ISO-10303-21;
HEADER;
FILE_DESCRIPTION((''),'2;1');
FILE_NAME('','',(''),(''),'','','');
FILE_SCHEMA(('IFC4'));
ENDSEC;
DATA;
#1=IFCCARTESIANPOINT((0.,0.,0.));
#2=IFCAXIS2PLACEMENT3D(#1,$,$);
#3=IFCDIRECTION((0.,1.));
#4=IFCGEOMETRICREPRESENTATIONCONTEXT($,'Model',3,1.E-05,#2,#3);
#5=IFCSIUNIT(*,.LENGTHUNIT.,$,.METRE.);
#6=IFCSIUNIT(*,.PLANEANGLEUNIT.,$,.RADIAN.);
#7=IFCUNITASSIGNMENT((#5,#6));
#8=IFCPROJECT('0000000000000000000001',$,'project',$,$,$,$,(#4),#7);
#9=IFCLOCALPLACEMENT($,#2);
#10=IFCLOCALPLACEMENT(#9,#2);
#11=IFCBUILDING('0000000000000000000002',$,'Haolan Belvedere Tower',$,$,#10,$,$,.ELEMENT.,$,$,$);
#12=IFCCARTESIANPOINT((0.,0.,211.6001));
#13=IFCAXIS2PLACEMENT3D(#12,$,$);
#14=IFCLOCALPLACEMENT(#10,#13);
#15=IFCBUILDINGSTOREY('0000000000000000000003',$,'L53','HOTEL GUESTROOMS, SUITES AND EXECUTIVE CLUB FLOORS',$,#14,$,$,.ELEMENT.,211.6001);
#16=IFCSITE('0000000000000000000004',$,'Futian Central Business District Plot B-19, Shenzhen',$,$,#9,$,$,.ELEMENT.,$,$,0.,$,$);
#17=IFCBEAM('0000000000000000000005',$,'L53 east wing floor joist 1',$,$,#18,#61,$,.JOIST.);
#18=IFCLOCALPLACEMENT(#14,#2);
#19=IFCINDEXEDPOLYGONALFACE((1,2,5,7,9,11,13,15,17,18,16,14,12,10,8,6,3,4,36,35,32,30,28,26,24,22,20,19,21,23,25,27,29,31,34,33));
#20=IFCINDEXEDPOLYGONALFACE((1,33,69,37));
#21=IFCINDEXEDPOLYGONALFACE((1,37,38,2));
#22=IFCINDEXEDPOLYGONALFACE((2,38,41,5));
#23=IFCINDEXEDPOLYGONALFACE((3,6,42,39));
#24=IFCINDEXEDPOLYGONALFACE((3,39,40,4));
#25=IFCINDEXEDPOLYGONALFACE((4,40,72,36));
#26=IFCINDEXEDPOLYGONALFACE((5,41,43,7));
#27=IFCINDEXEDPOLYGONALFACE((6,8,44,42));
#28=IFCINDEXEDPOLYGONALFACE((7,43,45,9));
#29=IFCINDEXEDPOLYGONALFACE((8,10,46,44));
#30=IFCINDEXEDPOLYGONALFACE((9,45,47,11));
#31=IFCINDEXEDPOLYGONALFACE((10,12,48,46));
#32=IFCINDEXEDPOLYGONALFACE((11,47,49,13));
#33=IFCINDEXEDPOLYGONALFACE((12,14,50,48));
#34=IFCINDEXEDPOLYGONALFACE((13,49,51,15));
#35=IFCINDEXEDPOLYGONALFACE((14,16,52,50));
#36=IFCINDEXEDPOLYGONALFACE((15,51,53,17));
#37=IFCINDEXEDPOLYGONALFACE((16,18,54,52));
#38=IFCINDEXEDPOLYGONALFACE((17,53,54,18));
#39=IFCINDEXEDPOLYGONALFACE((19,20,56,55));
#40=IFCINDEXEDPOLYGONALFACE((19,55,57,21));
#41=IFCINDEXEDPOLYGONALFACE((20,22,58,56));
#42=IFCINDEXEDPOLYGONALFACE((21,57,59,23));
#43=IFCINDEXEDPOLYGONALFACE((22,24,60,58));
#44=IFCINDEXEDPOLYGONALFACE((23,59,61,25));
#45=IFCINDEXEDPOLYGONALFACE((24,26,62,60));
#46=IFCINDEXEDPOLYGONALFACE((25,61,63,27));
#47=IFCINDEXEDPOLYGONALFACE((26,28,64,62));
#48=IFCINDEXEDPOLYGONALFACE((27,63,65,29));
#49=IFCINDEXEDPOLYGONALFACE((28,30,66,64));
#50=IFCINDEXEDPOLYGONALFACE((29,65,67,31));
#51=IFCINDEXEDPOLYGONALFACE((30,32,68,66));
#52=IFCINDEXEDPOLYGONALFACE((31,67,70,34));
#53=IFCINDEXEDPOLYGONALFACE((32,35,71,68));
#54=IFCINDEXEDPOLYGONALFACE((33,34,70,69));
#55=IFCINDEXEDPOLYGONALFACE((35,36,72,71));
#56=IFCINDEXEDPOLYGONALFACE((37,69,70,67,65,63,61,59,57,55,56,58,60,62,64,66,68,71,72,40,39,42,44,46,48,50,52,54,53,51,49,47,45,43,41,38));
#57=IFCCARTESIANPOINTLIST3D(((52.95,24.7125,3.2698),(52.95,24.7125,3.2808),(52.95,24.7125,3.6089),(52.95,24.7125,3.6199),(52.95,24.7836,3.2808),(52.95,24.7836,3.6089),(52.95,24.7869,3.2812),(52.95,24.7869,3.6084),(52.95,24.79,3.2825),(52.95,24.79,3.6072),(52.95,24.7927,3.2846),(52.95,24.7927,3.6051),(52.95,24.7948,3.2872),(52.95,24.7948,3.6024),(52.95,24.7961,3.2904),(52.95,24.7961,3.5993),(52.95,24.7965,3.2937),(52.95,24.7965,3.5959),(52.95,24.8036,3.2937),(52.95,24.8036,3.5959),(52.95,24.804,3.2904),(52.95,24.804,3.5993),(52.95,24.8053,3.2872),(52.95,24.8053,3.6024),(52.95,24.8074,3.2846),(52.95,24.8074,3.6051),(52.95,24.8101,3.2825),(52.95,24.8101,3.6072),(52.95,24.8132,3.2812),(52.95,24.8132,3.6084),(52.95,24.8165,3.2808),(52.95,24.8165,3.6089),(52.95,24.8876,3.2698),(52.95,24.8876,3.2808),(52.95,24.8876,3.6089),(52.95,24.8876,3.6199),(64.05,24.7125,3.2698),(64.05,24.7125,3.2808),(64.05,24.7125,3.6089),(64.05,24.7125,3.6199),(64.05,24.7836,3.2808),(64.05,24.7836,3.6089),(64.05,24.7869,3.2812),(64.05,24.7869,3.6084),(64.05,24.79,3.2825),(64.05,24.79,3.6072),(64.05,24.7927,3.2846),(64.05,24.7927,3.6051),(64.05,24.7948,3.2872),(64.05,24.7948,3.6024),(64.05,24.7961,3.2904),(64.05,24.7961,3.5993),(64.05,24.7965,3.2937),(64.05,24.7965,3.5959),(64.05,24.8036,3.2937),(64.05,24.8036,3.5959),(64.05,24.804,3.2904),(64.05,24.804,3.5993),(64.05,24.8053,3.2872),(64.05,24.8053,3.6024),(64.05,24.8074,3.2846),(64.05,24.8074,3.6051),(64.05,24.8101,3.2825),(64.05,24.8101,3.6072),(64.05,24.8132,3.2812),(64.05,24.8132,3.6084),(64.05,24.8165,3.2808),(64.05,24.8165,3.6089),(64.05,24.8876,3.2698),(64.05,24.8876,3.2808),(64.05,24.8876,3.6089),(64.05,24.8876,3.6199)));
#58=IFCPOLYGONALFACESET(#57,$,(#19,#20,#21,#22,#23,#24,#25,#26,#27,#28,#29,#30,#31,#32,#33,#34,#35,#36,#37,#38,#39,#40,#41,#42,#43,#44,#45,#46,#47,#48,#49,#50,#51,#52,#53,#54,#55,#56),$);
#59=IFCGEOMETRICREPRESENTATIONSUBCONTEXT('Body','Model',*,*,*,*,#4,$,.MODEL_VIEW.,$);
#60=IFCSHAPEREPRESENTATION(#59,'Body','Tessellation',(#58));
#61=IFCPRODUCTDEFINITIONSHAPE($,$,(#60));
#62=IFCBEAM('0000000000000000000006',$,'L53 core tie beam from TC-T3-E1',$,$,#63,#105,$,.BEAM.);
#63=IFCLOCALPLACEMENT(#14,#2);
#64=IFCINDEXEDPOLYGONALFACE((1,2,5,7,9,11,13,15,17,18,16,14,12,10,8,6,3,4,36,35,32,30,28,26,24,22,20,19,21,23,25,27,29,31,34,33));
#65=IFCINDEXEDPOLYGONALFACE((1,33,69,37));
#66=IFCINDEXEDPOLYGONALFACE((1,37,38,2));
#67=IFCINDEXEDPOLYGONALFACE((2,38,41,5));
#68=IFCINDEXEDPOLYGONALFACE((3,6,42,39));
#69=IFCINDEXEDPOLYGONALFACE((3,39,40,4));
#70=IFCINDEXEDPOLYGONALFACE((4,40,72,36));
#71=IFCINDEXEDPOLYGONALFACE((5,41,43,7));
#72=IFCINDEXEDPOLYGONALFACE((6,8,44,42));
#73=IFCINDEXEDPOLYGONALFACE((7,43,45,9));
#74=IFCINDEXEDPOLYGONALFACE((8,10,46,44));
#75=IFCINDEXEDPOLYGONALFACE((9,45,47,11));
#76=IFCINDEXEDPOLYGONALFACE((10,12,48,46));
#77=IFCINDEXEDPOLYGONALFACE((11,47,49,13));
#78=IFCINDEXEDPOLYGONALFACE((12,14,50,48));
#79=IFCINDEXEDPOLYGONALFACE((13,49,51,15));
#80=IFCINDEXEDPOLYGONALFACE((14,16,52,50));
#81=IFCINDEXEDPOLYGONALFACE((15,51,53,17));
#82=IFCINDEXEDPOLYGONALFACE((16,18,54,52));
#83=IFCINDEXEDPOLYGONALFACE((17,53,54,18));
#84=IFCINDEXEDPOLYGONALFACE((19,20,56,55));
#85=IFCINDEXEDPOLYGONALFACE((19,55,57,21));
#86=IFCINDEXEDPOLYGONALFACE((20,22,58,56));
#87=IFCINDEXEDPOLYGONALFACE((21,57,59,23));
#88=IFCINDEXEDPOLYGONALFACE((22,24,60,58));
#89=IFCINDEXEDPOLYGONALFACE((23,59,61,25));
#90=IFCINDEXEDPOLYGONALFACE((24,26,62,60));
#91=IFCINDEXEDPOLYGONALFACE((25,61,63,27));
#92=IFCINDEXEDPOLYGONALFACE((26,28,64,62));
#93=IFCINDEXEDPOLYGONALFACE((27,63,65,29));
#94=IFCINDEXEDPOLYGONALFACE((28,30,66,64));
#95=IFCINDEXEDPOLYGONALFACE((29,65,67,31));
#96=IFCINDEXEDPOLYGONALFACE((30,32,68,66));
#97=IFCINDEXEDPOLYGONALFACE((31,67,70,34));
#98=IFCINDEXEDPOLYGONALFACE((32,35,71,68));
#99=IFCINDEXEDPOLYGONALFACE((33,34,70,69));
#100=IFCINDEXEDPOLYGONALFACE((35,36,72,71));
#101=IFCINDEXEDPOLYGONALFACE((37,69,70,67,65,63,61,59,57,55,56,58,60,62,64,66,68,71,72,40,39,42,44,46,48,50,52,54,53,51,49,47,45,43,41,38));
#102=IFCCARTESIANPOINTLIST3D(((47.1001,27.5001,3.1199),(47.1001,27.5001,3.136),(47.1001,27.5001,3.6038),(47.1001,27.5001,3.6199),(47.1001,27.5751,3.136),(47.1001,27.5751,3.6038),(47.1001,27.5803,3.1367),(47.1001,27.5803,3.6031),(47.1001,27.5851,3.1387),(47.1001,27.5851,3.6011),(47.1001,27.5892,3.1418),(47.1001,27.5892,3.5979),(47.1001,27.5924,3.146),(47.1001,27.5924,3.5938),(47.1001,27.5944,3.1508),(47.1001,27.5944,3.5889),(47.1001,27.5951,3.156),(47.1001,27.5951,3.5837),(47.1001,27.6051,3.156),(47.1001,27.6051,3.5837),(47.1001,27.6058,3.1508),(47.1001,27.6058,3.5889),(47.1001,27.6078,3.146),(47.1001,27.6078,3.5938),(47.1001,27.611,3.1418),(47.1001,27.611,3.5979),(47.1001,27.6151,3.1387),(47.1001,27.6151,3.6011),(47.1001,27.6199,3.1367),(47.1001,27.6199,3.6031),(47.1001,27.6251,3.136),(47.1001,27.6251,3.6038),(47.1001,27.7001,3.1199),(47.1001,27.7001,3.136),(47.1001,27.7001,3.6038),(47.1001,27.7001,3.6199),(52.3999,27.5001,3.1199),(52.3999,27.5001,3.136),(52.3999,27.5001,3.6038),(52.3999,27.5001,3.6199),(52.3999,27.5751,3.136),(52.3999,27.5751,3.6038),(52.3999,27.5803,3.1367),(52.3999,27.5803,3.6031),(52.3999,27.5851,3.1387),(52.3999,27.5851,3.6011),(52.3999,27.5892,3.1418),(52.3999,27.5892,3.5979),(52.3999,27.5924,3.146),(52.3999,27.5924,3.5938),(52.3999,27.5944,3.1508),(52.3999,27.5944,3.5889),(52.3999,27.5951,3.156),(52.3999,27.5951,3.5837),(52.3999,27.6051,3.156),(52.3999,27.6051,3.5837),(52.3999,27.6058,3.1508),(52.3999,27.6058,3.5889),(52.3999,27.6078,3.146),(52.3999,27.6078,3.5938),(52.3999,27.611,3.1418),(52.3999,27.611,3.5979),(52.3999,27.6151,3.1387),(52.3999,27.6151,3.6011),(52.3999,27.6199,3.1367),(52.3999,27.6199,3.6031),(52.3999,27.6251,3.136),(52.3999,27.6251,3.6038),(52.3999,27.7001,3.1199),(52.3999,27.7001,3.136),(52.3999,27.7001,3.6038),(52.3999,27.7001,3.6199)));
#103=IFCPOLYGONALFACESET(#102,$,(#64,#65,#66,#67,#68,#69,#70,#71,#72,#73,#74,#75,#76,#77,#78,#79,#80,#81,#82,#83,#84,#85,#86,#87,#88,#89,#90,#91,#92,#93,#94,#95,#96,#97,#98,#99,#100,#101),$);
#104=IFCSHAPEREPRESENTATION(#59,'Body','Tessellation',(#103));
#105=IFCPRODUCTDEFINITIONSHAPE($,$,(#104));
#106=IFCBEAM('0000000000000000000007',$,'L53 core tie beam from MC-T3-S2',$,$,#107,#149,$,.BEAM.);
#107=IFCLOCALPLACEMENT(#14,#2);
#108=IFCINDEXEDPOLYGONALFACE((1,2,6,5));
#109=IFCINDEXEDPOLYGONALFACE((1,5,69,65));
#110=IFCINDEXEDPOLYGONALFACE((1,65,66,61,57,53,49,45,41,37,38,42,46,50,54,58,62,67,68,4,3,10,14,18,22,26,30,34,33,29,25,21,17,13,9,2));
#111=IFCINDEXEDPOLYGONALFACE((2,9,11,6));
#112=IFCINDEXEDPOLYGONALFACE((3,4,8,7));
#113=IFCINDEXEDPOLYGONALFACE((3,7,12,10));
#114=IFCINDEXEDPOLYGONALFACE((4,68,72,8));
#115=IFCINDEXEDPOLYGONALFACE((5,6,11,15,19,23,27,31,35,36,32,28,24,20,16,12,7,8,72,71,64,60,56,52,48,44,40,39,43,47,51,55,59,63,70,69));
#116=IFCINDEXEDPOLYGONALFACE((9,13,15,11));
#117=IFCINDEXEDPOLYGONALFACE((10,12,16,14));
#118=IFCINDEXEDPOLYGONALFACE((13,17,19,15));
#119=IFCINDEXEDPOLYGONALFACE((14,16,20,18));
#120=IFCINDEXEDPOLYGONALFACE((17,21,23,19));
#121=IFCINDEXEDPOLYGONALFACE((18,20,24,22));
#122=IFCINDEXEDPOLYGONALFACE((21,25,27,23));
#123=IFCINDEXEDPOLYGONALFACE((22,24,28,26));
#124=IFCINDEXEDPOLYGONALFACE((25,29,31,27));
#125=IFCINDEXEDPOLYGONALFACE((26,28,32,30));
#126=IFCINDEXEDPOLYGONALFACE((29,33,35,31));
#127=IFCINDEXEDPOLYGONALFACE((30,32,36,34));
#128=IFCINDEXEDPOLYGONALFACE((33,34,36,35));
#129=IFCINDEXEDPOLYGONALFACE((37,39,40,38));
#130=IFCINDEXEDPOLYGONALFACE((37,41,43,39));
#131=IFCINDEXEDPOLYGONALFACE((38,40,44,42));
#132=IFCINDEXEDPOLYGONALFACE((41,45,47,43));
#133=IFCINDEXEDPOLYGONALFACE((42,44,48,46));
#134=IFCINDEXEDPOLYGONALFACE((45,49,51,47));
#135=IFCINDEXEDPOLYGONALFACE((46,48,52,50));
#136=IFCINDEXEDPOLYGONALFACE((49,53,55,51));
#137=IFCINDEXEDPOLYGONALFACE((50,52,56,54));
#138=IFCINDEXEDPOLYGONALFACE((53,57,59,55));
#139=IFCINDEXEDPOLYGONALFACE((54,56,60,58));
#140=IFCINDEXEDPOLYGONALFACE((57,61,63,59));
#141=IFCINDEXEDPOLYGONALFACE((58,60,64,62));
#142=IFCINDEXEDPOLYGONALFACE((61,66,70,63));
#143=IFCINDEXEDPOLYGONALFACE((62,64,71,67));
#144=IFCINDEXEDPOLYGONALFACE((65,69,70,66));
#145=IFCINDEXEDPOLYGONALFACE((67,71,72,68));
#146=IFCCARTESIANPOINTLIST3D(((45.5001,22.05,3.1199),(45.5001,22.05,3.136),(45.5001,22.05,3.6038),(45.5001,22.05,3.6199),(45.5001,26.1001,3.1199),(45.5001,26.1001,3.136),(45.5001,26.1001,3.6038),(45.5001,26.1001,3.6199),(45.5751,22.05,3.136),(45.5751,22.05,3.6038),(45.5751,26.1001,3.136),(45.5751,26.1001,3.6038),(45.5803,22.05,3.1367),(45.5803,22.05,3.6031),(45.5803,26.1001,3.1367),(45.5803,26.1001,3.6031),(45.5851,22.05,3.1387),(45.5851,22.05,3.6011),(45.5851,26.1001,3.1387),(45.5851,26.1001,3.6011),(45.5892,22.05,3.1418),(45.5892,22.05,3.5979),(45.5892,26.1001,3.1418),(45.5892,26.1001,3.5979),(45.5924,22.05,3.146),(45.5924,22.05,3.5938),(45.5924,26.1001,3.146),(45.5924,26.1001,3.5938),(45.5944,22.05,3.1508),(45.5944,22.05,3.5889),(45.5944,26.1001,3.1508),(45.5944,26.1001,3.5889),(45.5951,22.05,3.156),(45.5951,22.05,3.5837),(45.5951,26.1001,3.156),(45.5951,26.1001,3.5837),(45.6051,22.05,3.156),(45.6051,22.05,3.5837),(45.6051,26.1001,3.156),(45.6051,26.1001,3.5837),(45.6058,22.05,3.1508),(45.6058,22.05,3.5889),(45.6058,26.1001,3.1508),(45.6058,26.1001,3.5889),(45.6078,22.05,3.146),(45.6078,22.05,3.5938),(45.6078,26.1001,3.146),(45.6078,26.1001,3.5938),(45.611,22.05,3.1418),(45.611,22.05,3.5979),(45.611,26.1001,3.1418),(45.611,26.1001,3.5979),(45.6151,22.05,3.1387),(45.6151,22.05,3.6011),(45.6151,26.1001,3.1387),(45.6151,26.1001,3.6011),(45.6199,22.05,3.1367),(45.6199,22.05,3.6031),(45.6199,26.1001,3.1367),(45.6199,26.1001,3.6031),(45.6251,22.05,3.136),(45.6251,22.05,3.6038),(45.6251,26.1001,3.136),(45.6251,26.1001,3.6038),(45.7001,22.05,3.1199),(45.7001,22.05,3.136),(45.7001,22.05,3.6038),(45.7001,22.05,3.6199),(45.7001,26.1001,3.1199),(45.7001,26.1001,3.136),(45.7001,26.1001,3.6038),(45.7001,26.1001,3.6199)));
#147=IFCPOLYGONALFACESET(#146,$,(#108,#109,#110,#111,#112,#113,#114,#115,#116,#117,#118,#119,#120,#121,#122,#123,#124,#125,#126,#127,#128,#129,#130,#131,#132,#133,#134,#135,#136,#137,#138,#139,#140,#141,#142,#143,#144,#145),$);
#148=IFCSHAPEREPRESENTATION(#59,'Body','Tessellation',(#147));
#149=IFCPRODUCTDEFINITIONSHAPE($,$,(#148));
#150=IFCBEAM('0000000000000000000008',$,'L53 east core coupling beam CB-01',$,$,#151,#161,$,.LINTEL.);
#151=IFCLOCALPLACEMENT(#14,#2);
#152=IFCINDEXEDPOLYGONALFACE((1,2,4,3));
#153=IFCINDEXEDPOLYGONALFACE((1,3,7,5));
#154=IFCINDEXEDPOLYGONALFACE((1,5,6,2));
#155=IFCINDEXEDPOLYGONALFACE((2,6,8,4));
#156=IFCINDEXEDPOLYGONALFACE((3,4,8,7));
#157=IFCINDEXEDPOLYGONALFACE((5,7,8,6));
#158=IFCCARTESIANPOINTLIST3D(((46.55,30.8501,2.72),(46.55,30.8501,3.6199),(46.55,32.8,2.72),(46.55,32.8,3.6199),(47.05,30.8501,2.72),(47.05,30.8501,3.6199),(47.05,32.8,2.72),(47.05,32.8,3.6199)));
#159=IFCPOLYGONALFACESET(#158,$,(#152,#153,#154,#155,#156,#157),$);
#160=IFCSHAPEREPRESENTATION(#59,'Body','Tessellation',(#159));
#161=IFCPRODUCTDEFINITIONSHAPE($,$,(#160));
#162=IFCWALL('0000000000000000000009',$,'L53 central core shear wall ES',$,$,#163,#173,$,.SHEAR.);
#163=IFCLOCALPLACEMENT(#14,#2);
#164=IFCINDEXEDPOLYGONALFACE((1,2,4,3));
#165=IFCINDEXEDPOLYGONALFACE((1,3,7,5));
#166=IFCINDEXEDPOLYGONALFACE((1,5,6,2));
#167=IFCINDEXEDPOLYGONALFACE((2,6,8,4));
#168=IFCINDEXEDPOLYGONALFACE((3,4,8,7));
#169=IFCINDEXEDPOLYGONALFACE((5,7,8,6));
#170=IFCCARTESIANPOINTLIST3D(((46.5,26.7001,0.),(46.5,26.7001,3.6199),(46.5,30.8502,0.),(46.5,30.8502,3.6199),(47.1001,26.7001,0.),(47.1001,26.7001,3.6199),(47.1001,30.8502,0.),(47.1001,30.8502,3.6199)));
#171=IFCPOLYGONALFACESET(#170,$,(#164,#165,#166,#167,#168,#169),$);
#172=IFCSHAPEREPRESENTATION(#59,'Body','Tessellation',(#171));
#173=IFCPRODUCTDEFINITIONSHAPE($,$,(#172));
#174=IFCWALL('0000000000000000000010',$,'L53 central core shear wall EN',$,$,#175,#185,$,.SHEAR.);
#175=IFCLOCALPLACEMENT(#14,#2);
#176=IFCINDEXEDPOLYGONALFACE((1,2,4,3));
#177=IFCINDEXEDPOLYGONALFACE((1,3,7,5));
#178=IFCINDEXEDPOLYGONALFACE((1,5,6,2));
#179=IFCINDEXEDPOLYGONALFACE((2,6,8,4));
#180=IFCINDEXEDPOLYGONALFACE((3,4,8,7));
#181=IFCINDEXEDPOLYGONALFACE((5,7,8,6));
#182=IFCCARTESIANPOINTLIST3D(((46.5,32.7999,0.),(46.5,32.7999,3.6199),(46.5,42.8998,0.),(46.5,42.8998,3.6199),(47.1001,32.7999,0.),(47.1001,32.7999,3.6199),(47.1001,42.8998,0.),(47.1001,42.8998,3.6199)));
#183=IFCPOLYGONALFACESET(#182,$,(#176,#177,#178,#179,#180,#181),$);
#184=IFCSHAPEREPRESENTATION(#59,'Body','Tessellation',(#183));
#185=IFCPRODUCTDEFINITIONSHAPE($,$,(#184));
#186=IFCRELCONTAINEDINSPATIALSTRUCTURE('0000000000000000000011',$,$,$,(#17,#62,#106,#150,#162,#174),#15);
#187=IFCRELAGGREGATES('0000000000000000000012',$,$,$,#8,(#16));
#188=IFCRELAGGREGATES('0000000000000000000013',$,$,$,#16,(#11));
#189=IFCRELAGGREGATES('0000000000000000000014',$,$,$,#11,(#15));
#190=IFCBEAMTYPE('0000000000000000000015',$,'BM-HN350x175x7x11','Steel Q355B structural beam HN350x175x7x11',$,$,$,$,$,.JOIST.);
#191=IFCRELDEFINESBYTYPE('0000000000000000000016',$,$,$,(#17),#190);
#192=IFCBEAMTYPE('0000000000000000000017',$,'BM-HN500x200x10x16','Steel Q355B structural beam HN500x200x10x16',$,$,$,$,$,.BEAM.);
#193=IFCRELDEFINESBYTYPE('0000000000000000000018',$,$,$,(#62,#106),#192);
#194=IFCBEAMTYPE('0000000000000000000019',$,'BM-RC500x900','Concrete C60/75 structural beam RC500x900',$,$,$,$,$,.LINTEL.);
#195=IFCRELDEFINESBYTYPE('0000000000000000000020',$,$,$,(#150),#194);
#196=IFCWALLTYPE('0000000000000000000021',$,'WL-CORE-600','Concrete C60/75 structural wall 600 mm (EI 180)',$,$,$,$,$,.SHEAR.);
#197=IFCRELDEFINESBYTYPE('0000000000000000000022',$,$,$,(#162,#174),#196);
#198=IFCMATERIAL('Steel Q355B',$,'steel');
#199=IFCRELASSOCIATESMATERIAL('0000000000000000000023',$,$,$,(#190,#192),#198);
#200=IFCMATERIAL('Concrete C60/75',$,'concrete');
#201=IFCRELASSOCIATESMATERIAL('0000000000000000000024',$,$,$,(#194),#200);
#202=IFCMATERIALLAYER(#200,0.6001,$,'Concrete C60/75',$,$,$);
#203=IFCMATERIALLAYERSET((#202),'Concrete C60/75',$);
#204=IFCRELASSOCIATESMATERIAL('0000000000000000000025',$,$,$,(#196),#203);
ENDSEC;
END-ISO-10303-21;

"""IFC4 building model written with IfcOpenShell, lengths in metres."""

from ifc_helpers import new_model, si_unit, direction, frame, frame_2d, origin, origin_2d, place, context, subcontext, project, spatial, rectangle, i_section, extrude, material, layer, layer_set, material_profile, profile_set, type_object, element, save


model = new_model("IFC4")

# Units and contexts
model_context = context("Model", 3, precision=1e-05, world=origin(), true_north=direction((0.0, 1.0)))
body_context = subcontext(model_context, "Body", "Model", "MODEL_VIEW")
ifc_project = project(units=[si_unit("LENGTHUNIT", "METRE"), si_unit("PLANEANGLEUNIT", "RADIAN")], contexts=[model_context])

# Site, building, storey
site_placement = place(None, origin())
site = spatial("IfcSite", under=ifc_project, at=site_placement, Name="Futian Central Business District Plot B-19, Shenzhen", CompositionType="ELEMENT", RefElevation=0.0)
building_placement = place(site_placement, origin())
building = spatial("IfcBuilding", under=site, at=building_placement, Name="Haolan Belvedere Tower", CompositionType="ELEMENT")
storey_placement = place(building_placement, frame((0.0, 0.0, 211.6001)))
storey = spatial("IfcBuildingStorey", under=building, at=storey_placement, Name="L53", Description="HOTEL GUESTROOMS, SUITES AND EXECUTIVE CLUB FLOORS", CompositionType="ELEMENT", Elevation=211.6001)

# Beams
ifc_material_1 = material(Name="Steel Q355B", Category="steel")
ifc_material_profile_1 = material_profile(ifc_material_1, i_section(OverallWidth=0.175, OverallDepth=0.3501, WebThickness=0.0071, FlangeThickness=0.011, FilletRadius=0.0129, at=origin_2d()), Name="Steel Q355B")
ifc_profile_set_1 = profile_set([ifc_material_profile_1], Name="Steel Q355B")
beam_type_1 = type_object("IfcBeamType", Name="BM-HN350x175x7x11", Description="Steel Q355B structural beam HN350x175x7x11", PredefinedType="JOIST", material=ifc_profile_set_1)
beam_1_placement = place(storey_placement, frame((52.95, 24.8, 3.4448), z_axis=(1.0, 0.0, 0.0), x_axis=(0.0, 1.0, 0.0)))
element("IfcBeam", 1, at=beam_1_placement, inside=storey, type_object=beam_type_1, Name="L53 east wing floor joist 1", PredefinedType="JOIST", context=body_context, shape_type="SweptSolid", body=[
    extrude(i_section(OverallWidth=0.175, OverallDepth=0.3501, WebThickness=0.0071, FlangeThickness=0.011, FilletRadius=0.0129, at=origin_2d()), origin(), (0.0, 0.0, 1.0), 11.1001),
])
ifc_material_profile_2 = material_profile(ifc_material_1, i_section(OverallWidth=0.2, OverallDepth=0.5, WebThickness=0.01, FlangeThickness=0.0161, FilletRadius=0.02, at=origin_2d()), Name="Steel Q355B")
ifc_profile_set_2 = profile_set([ifc_material_profile_2], Name="Steel Q355B")
beam_type_2 = type_object("IfcBeamType", Name="BM-HN500x200x10x16", Description="Steel Q355B structural beam HN500x200x10x16", PredefinedType="BEAM", material=ifc_profile_set_2)
beam_2_placement = place(storey_placement, frame((52.3999, 27.6001, 3.3699), z_axis=(-1.0, 0.0, 0.0), x_axis=(0.0, -1.0, 0.0)))
element("IfcBeam", 2, at=beam_2_placement, inside=storey, type_object=beam_type_2, Name="L53 core tie beam from TC-T3-E1", PredefinedType="BEAM", context=body_context, shape_type="SweptSolid", body=[
    extrude(i_section(OverallWidth=0.2, OverallDepth=0.5, WebThickness=0.01, FlangeThickness=0.0161, FilletRadius=0.02, at=origin_2d()), origin(), (0.0, 0.0, 1.0), 5.2998),
])
beam_3_placement = place(storey_placement, frame((45.6001, 22.05, 3.3699), z_axis=(0.0, 1.0, 0.0), x_axis=(-1.0, 0.0, 0.0)))
element("IfcBeam", 3, at=beam_3_placement, inside=storey, type_object=beam_type_2, Name="L53 core tie beam from MC-T3-S2", PredefinedType="BEAM", context=body_context, shape_type="SweptSolid", body=[
    extrude(i_section(OverallWidth=0.2, OverallDepth=0.5, WebThickness=0.01, FlangeThickness=0.0161, FilletRadius=0.02, at=origin_2d()), origin(), (0.0, 0.0, 1.0), 4.05),
])
ifc_material_2 = material(Name="Concrete C60/75", Category="concrete")
ifc_material_profile_3 = material_profile(ifc_material_2, rectangle(XDim=0.5, YDim=0.8999, at=origin_2d()), Name="Concrete C60/75")
ifc_profile_set_3 = profile_set([ifc_material_profile_3], Name="Concrete C60/75")
beam_type_3 = type_object("IfcBeamType", Name="BM-RC500x900", Description="Concrete C60/75 structural beam RC500x900", PredefinedType="LINTEL", material=ifc_profile_set_3)
beam_4_placement = place(storey_placement, frame((46.8, 30.8501, 3.1699), z_axis=(0.0, 1.0, 0.0), x_axis=(-1.0, 0.0, 0.0)))
element("IfcBeam", 4, at=beam_4_placement, inside=storey, type_object=beam_type_3, Name="L53 east core coupling beam CB-01", PredefinedType="LINTEL", context=body_context, shape_type="SweptSolid", body=[
    extrude(rectangle(XDim=0.5, YDim=0.8999, at=origin_2d()), origin(), (0.0, 0.0, 1.0), 1.95),
])

# Walls
ifc_layer_1 = layer(ifc_material_2, 0.6001, Name="Concrete C60/75")
ifc_layer_set_1 = layer_set([ifc_layer_1], Name="Concrete C60/75")
wall_type_1 = type_object("IfcWallType", Name="WL-CORE-600", Description="Concrete C60/75 structural wall 600 mm (EI 180)", PredefinedType="SHEAR", material=ifc_layer_set_1)
wall_1_placement = place(storey_placement, frame((46.8, 26.7, 0.0), z_axis=(0.0, 0.0, 1.0), x_axis=(0.0, 1.0, 0.0)))
element("IfcWall", 5, at=wall_1_placement, inside=storey, type_object=wall_type_1, Name="L53 central core shear wall ES", PredefinedType="SHEAR", context=body_context, shape_type="SweptSolid", body=[
    extrude(rectangle(XDim=4.1501, YDim=0.6001, at=frame_2d((2.0752, 0.0))), origin(), (0.0, 0.0, 1.0), 3.6199),
])
wall_2_placement = place(storey_placement, frame((46.8, 32.8, 0.0), z_axis=(0.0, 0.0, 1.0), x_axis=(0.0, 1.0, 0.0)))
element("IfcWall", 6, at=wall_2_placement, inside=storey, type_object=wall_type_1, Name="L53 central core shear wall EN", PredefinedType="SHEAR", context=body_context, shape_type="SweptSolid", body=[
    extrude(rectangle(XDim=10.0999, YDim=0.6001, at=frame_2d((5.0498, 0.0))), origin(), (0.0, 0.0, 1.0), 3.6199),
])

save(model, "model.ifc")
